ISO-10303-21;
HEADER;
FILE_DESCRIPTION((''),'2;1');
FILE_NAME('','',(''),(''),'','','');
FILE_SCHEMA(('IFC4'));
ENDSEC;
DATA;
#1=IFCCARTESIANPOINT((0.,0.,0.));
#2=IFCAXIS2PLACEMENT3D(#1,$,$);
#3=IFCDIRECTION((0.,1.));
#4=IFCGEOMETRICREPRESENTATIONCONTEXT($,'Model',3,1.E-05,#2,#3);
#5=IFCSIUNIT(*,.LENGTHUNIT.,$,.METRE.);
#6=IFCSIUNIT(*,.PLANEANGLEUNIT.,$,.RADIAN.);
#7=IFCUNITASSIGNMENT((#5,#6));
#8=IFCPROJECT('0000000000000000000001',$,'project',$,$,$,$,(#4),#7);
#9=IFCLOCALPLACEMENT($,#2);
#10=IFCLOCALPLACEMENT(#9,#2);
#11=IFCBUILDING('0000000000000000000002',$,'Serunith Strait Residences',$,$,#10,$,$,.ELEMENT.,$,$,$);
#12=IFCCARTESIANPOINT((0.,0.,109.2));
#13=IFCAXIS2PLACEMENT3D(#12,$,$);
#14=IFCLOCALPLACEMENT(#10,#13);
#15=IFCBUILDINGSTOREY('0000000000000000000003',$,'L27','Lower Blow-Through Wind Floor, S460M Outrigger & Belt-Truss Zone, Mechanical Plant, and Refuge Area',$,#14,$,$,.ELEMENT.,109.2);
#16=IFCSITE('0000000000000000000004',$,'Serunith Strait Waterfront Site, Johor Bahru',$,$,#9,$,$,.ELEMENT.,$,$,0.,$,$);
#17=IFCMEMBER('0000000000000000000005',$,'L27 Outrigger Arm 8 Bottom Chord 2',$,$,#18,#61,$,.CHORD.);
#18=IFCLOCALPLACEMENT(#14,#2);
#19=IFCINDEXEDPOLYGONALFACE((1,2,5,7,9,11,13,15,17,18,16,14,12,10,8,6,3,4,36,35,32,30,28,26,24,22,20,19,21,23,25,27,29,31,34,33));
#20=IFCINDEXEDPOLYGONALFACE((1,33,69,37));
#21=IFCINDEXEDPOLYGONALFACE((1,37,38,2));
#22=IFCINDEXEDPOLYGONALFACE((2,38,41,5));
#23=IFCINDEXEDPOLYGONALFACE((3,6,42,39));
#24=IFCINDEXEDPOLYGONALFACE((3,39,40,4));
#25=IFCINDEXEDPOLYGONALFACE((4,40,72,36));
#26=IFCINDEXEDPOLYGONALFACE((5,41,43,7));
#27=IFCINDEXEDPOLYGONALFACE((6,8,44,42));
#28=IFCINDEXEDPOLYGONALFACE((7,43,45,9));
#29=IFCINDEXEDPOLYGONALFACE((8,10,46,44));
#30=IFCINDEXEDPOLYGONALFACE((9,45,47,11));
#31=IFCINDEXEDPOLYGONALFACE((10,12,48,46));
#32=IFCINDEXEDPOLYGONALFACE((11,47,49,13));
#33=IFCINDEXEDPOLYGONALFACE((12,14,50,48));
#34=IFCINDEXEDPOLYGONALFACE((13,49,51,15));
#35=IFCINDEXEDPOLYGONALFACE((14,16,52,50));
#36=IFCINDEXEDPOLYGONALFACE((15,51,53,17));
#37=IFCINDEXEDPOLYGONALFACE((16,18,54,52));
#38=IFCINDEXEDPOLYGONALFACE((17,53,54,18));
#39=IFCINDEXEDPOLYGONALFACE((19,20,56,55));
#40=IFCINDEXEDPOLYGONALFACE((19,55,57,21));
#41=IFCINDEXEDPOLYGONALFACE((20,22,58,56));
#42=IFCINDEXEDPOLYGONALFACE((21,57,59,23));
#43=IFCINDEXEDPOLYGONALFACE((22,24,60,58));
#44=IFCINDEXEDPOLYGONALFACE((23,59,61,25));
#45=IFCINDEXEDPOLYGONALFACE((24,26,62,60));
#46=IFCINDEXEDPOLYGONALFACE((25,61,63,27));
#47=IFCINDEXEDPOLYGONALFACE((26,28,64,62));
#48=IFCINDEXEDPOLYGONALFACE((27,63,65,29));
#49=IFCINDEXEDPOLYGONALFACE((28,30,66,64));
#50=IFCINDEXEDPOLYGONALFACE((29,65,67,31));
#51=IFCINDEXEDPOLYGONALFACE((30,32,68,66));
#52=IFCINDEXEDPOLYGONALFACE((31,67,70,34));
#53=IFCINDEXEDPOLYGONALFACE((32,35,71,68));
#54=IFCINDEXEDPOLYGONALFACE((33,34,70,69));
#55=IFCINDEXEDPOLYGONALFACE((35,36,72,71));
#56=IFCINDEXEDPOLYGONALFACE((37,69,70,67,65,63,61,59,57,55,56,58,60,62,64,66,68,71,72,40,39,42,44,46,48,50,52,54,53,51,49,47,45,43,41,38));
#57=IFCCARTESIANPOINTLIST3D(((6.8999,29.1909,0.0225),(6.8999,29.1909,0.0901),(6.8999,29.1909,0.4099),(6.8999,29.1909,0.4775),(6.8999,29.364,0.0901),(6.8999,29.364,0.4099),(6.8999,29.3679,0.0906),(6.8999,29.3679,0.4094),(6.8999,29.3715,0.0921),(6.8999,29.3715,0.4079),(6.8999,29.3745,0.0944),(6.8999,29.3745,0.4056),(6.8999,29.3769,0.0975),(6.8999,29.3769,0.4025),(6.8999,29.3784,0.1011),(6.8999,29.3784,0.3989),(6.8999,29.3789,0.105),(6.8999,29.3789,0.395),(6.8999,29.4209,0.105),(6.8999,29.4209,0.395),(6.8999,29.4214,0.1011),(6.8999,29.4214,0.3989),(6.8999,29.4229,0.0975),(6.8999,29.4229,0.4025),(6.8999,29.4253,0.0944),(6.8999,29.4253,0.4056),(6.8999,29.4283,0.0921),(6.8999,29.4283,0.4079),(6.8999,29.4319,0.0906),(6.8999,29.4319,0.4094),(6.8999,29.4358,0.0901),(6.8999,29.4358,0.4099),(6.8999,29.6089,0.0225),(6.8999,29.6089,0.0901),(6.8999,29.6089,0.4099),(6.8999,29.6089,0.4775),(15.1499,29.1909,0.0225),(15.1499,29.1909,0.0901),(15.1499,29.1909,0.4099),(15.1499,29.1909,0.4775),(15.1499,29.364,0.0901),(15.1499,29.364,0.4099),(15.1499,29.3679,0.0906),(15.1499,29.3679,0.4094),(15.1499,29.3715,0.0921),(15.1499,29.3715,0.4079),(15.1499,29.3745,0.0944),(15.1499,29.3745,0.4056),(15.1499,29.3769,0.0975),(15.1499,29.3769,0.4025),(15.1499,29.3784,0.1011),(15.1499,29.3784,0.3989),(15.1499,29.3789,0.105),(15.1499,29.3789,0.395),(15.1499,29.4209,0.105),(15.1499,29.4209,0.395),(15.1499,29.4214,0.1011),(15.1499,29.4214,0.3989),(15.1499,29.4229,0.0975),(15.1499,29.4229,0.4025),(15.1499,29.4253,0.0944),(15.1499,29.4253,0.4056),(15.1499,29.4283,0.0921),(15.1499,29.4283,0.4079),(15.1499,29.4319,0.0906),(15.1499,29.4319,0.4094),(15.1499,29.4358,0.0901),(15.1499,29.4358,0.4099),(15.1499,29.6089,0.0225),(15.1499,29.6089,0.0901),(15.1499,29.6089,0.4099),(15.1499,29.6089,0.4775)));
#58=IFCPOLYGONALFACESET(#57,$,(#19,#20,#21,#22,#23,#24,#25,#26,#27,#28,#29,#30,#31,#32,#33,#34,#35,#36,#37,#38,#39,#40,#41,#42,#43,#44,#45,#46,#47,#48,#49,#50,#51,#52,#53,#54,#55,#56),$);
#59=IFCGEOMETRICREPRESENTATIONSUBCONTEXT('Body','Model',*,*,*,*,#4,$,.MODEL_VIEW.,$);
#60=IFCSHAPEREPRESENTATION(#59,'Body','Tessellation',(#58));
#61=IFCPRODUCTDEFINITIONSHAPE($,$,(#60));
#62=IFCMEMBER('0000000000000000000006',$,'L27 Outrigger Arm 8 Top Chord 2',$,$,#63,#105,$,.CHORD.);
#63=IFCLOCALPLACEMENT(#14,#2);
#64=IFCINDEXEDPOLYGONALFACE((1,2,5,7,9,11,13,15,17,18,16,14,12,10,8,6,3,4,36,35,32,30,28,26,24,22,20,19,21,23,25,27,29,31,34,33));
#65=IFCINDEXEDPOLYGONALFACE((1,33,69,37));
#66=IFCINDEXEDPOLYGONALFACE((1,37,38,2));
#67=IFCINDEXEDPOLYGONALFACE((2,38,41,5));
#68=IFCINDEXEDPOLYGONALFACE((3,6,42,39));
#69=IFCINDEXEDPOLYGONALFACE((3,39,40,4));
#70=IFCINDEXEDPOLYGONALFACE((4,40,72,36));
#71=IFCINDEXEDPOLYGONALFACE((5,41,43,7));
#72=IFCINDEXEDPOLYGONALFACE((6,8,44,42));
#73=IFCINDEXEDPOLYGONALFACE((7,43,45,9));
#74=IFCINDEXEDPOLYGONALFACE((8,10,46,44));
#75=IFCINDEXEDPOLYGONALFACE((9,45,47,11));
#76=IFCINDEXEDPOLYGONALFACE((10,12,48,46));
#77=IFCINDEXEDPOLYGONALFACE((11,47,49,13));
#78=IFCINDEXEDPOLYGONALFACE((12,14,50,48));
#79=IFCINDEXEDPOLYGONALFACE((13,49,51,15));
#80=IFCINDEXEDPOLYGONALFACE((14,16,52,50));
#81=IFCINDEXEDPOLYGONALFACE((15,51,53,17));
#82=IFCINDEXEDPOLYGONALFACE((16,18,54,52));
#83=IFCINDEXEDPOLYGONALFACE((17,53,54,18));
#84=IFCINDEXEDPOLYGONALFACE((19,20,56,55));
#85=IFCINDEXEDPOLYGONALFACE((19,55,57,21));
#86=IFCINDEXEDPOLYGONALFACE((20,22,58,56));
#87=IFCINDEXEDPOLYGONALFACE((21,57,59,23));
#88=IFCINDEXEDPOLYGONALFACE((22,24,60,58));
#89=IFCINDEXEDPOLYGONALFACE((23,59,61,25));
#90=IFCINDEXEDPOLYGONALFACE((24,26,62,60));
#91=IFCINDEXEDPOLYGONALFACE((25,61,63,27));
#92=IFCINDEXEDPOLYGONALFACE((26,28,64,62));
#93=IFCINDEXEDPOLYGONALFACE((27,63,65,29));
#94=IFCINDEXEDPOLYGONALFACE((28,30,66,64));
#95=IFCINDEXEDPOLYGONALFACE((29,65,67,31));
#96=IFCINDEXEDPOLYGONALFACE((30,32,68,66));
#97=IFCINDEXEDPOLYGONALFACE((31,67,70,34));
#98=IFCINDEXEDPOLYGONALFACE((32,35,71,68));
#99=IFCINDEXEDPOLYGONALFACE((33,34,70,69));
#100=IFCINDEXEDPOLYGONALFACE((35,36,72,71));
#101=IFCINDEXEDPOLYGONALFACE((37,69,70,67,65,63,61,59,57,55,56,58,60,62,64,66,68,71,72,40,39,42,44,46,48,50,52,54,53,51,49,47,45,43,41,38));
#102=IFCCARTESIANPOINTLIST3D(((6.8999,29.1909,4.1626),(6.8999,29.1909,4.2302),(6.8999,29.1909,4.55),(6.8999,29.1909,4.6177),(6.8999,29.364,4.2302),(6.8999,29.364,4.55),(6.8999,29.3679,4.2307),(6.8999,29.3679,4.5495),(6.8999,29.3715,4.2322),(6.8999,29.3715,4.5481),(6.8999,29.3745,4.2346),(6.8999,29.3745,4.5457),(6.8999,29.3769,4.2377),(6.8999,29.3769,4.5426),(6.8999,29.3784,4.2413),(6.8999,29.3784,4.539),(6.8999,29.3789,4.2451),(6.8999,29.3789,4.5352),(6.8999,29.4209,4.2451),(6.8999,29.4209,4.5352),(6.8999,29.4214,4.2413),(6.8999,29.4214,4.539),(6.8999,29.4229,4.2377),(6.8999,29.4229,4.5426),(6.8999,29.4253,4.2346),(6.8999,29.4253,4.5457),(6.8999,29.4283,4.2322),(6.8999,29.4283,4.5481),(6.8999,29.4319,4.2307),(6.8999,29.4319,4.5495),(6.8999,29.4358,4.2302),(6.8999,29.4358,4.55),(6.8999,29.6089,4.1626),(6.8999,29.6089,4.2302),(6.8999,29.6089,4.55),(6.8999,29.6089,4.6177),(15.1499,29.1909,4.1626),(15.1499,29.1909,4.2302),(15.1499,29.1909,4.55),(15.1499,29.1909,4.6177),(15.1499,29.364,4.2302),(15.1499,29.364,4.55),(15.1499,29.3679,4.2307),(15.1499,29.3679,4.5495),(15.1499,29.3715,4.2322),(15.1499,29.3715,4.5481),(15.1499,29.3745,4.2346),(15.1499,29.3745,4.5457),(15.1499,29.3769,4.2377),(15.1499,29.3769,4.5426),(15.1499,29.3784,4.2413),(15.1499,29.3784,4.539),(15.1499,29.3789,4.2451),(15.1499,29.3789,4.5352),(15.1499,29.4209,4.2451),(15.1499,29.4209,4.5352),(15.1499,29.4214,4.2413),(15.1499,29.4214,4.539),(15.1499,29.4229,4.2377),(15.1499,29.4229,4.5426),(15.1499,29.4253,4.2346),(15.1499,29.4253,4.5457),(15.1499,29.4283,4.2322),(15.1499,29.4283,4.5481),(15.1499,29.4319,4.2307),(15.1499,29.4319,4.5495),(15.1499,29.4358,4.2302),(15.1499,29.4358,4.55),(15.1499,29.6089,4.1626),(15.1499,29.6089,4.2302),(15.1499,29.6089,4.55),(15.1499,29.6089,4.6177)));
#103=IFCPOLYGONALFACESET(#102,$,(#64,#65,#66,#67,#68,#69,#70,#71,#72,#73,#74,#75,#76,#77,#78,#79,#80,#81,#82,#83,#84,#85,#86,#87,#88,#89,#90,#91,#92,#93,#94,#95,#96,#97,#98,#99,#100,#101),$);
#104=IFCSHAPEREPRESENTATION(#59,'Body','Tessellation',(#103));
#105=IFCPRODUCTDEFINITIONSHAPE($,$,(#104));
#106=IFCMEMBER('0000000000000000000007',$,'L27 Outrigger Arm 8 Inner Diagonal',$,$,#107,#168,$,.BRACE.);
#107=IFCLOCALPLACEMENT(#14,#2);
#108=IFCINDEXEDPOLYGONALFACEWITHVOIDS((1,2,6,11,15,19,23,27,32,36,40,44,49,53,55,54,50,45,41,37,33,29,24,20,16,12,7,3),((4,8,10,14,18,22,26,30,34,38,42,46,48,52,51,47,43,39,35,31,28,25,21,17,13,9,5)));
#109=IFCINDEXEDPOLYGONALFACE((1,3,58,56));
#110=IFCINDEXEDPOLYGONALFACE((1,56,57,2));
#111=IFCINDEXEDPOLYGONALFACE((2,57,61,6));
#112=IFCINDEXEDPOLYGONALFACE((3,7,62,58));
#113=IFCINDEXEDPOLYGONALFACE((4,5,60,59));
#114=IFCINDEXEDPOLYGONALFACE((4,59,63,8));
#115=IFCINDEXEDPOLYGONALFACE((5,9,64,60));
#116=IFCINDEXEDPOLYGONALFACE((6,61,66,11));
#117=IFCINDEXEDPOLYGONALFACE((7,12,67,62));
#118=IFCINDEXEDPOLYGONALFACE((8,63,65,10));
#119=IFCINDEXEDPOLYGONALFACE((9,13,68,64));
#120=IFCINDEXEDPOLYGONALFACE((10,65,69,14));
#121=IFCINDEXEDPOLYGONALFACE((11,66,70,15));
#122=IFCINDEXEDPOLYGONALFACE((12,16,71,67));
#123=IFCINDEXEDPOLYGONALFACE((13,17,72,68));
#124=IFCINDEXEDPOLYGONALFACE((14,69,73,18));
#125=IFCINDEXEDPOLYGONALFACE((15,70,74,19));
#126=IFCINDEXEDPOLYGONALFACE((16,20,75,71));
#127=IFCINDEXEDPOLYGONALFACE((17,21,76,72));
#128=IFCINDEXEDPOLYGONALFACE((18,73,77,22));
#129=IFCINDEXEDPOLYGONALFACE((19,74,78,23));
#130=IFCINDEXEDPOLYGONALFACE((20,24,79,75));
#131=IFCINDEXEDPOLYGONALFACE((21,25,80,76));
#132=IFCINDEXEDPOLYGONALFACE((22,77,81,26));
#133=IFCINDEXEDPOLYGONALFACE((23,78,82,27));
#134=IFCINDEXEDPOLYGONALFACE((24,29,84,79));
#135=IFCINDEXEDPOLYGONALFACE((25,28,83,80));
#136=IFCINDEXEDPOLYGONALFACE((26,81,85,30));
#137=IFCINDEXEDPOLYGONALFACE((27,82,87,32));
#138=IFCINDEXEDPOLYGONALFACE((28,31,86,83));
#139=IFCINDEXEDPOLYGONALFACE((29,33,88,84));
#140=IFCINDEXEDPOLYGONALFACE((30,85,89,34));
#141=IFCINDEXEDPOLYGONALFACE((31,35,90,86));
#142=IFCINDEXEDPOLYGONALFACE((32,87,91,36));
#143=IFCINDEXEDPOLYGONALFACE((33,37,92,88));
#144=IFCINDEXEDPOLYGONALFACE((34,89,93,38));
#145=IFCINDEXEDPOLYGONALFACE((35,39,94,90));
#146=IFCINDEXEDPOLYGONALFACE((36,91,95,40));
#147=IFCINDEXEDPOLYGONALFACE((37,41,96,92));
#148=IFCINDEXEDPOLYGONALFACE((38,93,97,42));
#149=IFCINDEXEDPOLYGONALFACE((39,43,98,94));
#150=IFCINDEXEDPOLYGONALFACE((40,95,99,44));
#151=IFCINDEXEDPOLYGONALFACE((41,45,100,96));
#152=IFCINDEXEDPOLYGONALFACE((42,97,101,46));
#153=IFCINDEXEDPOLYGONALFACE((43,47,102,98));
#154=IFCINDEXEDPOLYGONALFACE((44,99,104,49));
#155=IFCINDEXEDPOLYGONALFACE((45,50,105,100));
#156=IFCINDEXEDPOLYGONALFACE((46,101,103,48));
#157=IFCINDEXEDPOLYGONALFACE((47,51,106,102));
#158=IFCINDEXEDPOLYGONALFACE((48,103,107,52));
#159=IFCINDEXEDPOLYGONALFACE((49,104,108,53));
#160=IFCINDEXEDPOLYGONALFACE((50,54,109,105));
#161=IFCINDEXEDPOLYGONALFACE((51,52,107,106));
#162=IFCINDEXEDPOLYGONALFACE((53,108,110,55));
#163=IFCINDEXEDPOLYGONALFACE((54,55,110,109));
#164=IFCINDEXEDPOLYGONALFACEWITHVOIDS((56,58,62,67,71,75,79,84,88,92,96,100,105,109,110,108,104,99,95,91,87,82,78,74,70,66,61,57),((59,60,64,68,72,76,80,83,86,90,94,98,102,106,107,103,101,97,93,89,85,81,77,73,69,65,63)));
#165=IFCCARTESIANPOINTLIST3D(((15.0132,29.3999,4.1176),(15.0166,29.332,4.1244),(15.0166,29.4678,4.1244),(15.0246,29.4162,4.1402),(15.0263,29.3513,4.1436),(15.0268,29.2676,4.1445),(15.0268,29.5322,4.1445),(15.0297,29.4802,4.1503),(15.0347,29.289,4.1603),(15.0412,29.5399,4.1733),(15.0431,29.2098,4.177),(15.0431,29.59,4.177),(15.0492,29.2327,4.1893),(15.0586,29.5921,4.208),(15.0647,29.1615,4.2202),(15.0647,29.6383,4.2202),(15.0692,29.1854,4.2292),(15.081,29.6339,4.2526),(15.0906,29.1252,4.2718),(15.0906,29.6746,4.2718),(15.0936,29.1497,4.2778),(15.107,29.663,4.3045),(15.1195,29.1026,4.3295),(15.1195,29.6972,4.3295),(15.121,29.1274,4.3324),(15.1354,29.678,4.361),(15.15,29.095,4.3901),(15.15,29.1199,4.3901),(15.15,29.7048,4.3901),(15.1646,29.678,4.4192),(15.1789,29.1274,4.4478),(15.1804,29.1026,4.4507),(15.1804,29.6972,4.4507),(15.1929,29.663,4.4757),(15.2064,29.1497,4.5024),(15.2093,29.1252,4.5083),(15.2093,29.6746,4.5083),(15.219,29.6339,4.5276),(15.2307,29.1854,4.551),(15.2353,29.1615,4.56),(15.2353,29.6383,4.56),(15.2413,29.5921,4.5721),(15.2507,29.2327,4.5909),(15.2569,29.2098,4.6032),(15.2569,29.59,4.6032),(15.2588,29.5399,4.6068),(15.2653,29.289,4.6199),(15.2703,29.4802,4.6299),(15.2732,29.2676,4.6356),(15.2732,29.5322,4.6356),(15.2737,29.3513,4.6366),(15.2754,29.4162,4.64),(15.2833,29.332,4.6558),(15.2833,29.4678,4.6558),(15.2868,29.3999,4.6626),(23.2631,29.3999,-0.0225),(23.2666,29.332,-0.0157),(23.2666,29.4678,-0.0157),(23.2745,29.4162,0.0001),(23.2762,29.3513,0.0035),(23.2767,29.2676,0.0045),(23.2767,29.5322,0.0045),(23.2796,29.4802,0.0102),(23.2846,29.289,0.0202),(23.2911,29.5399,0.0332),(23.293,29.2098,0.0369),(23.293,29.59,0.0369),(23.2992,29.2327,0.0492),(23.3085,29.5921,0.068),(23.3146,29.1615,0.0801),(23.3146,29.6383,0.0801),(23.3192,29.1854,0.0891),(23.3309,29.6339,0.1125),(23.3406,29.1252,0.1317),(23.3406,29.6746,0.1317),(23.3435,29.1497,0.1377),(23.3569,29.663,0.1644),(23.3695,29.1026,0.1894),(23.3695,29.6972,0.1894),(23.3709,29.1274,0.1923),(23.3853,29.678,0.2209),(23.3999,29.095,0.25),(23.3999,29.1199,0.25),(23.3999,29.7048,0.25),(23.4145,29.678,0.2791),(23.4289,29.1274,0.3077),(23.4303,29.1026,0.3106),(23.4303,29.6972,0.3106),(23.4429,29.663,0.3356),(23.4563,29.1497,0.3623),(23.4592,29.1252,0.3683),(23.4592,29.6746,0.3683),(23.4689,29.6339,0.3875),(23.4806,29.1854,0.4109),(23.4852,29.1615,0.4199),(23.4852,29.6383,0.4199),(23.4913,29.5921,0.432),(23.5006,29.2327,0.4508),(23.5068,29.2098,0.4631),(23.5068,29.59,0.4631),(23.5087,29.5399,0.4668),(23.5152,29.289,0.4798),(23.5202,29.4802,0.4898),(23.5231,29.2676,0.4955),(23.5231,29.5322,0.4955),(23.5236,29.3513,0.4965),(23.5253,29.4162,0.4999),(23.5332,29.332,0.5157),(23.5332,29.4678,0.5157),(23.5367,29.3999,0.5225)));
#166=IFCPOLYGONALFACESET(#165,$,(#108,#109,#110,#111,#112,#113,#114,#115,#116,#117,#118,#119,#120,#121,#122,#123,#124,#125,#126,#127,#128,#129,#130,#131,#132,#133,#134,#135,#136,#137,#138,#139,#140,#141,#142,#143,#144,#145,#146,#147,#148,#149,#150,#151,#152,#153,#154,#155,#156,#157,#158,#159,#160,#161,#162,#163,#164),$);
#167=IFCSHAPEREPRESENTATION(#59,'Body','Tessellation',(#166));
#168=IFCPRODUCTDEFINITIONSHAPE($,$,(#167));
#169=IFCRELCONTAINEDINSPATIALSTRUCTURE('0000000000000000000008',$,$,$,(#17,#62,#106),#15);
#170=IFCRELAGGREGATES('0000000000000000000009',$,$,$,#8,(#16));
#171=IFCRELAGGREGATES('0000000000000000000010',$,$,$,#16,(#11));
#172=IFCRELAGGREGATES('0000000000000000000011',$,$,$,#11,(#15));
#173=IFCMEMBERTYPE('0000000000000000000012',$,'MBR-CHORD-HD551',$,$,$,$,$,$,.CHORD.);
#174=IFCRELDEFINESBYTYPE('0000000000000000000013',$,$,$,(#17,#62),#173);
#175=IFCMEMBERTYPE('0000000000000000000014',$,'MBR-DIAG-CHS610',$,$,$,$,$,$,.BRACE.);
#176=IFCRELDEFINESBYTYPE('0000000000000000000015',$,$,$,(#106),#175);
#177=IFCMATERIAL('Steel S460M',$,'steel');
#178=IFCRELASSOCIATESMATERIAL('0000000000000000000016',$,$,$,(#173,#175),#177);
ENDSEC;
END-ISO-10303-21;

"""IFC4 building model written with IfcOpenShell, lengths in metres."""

from ifc_helpers import new_model, si_unit, direction, frame, origin, origin_2d, place, context, subcontext, project, spatial, hollow_circle, i_section, extrude, source, transform, mapped, material, material_profile, profile_set, type_object, element, save


model = new_model("IFC4")

# Units and contexts
model_context = context("Model", 3, precision=1e-05, world=origin(), true_north=direction((0.0, 1.0)))
body_context = subcontext(model_context, "Body", "Model", "MODEL_VIEW")
ifc_project = project(units=[si_unit("LENGTHUNIT", "METRE"), si_unit("PLANEANGLEUNIT", "RADIAN")], contexts=[model_context])

# Site, building, storey
site_placement = place(None, origin())
site = spatial("IfcSite", under=ifc_project, at=site_placement, Name="Serunith Strait Waterfront Site, Johor Bahru", CompositionType="ELEMENT", RefElevation=0.0)
building_placement = place(site_placement, origin())
building = spatial("IfcBuilding", under=site, at=building_placement, Name="Serunith Strait Residences", CompositionType="ELEMENT")
storey_placement = place(building_placement, frame((0.0, 0.0, 109.2)))
storey = spatial("IfcBuildingStorey", under=building, at=storey_placement, Name="L27", Description="Lower Blow-Through Wind Floor, S460M Outrigger & Belt-Truss Zone, Mechanical Plant, and Refuge Area", CompositionType="ELEMENT", Elevation=109.2)

# Members
ifc_material_1 = material(Name="Steel S460M", Category="steel")
ifc_material_profile_1 = material_profile(ifc_material_1, i_section(OverallWidth=0.418, OverallDepth=0.4551, WebThickness=0.042, FlangeThickness=0.0676, FilletRadius=0.0149, at=origin_2d()), Name="HD 400x551")
ifc_profile_set_1 = profile_set([ifc_material_profile_1], Name="Steel S460M")
member_type_1 = type_object("IfcMemberType", Name="MBR-CHORD-HD551", PredefinedType="CHORD", material=ifc_profile_set_1)
shared_shape_1 = source(origin(), body_context, "Body", "SweptSolid", [
    extrude(i_section(OverallWidth=0.418, OverallDepth=0.4551, WebThickness=0.042, FlangeThickness=0.0676, FilletRadius=0.0149, at=origin_2d()), origin(), (0.0, 0.0, 1.0), 8.25),
])
for number, where, z_axis, x_axis, name in (
    (1, (15.1499, 29.3999, 0.25), (-1.0, 0.0, 0.0), (0.0, -1.0, 0.0), "L27 Outrigger Arm 8 Bottom Chord 2"),
    (2, (15.1499, 29.3999, 4.3901), (-1.0, 0.0, 0.0), (0.0, -1.0, 0.0), "L27 Outrigger Arm 8 Top Chord 2"),
):
    element("IfcMember", number, at=place(storey_placement, frame(where, z_axis=z_axis, x_axis=x_axis)), inside=storey, type_object=member_type_1, Name=name, PredefinedType="CHORD", context=body_context, shape_type="MappedRepresentation", body=[
        mapped(shared_shape_1, transform((0.0, 0.0, 0.0), scale=1.0)),
    ])
ifc_material_profile_2 = material_profile(ifc_material_1, hollow_circle(Radius=0.3049, WallThickness=0.0249, at=origin_2d()), Name="CHS 610x25")
ifc_profile_set_2 = profile_set([ifc_material_profile_2], Name="Steel S460M")
member_type_2 = type_object("IfcMemberType", Name="MBR-DIAG-CHS610", PredefinedType="BRACE", material=ifc_profile_set_2)
shared_shape_2 = source(origin(), body_context, "Body", "SweptSolid", [
    extrude(hollow_circle(Radius=0.3049, WallThickness=0.0249, at=origin_2d()), origin(), (0.0, 0.0, 1.0), 9.2305),
])
member_1_placement = place(storey_placement, frame((23.3999, 29.3999, 0.25), z_axis=(-0.89377, 0.0, 0.448525), x_axis=(0.0, -1.0, 0.0)))
element("IfcMember", 3, at=member_1_placement, inside=storey, type_object=member_type_2, Name="L27 Outrigger Arm 8 Inner Diagonal", PredefinedType="BRACE", context=body_context, shape_type="MappedRepresentation", body=[
    mapped(shared_shape_2, transform((0.0, 0.0, 0.0), scale=1.0)),
])

save(model, "model.ifc")
